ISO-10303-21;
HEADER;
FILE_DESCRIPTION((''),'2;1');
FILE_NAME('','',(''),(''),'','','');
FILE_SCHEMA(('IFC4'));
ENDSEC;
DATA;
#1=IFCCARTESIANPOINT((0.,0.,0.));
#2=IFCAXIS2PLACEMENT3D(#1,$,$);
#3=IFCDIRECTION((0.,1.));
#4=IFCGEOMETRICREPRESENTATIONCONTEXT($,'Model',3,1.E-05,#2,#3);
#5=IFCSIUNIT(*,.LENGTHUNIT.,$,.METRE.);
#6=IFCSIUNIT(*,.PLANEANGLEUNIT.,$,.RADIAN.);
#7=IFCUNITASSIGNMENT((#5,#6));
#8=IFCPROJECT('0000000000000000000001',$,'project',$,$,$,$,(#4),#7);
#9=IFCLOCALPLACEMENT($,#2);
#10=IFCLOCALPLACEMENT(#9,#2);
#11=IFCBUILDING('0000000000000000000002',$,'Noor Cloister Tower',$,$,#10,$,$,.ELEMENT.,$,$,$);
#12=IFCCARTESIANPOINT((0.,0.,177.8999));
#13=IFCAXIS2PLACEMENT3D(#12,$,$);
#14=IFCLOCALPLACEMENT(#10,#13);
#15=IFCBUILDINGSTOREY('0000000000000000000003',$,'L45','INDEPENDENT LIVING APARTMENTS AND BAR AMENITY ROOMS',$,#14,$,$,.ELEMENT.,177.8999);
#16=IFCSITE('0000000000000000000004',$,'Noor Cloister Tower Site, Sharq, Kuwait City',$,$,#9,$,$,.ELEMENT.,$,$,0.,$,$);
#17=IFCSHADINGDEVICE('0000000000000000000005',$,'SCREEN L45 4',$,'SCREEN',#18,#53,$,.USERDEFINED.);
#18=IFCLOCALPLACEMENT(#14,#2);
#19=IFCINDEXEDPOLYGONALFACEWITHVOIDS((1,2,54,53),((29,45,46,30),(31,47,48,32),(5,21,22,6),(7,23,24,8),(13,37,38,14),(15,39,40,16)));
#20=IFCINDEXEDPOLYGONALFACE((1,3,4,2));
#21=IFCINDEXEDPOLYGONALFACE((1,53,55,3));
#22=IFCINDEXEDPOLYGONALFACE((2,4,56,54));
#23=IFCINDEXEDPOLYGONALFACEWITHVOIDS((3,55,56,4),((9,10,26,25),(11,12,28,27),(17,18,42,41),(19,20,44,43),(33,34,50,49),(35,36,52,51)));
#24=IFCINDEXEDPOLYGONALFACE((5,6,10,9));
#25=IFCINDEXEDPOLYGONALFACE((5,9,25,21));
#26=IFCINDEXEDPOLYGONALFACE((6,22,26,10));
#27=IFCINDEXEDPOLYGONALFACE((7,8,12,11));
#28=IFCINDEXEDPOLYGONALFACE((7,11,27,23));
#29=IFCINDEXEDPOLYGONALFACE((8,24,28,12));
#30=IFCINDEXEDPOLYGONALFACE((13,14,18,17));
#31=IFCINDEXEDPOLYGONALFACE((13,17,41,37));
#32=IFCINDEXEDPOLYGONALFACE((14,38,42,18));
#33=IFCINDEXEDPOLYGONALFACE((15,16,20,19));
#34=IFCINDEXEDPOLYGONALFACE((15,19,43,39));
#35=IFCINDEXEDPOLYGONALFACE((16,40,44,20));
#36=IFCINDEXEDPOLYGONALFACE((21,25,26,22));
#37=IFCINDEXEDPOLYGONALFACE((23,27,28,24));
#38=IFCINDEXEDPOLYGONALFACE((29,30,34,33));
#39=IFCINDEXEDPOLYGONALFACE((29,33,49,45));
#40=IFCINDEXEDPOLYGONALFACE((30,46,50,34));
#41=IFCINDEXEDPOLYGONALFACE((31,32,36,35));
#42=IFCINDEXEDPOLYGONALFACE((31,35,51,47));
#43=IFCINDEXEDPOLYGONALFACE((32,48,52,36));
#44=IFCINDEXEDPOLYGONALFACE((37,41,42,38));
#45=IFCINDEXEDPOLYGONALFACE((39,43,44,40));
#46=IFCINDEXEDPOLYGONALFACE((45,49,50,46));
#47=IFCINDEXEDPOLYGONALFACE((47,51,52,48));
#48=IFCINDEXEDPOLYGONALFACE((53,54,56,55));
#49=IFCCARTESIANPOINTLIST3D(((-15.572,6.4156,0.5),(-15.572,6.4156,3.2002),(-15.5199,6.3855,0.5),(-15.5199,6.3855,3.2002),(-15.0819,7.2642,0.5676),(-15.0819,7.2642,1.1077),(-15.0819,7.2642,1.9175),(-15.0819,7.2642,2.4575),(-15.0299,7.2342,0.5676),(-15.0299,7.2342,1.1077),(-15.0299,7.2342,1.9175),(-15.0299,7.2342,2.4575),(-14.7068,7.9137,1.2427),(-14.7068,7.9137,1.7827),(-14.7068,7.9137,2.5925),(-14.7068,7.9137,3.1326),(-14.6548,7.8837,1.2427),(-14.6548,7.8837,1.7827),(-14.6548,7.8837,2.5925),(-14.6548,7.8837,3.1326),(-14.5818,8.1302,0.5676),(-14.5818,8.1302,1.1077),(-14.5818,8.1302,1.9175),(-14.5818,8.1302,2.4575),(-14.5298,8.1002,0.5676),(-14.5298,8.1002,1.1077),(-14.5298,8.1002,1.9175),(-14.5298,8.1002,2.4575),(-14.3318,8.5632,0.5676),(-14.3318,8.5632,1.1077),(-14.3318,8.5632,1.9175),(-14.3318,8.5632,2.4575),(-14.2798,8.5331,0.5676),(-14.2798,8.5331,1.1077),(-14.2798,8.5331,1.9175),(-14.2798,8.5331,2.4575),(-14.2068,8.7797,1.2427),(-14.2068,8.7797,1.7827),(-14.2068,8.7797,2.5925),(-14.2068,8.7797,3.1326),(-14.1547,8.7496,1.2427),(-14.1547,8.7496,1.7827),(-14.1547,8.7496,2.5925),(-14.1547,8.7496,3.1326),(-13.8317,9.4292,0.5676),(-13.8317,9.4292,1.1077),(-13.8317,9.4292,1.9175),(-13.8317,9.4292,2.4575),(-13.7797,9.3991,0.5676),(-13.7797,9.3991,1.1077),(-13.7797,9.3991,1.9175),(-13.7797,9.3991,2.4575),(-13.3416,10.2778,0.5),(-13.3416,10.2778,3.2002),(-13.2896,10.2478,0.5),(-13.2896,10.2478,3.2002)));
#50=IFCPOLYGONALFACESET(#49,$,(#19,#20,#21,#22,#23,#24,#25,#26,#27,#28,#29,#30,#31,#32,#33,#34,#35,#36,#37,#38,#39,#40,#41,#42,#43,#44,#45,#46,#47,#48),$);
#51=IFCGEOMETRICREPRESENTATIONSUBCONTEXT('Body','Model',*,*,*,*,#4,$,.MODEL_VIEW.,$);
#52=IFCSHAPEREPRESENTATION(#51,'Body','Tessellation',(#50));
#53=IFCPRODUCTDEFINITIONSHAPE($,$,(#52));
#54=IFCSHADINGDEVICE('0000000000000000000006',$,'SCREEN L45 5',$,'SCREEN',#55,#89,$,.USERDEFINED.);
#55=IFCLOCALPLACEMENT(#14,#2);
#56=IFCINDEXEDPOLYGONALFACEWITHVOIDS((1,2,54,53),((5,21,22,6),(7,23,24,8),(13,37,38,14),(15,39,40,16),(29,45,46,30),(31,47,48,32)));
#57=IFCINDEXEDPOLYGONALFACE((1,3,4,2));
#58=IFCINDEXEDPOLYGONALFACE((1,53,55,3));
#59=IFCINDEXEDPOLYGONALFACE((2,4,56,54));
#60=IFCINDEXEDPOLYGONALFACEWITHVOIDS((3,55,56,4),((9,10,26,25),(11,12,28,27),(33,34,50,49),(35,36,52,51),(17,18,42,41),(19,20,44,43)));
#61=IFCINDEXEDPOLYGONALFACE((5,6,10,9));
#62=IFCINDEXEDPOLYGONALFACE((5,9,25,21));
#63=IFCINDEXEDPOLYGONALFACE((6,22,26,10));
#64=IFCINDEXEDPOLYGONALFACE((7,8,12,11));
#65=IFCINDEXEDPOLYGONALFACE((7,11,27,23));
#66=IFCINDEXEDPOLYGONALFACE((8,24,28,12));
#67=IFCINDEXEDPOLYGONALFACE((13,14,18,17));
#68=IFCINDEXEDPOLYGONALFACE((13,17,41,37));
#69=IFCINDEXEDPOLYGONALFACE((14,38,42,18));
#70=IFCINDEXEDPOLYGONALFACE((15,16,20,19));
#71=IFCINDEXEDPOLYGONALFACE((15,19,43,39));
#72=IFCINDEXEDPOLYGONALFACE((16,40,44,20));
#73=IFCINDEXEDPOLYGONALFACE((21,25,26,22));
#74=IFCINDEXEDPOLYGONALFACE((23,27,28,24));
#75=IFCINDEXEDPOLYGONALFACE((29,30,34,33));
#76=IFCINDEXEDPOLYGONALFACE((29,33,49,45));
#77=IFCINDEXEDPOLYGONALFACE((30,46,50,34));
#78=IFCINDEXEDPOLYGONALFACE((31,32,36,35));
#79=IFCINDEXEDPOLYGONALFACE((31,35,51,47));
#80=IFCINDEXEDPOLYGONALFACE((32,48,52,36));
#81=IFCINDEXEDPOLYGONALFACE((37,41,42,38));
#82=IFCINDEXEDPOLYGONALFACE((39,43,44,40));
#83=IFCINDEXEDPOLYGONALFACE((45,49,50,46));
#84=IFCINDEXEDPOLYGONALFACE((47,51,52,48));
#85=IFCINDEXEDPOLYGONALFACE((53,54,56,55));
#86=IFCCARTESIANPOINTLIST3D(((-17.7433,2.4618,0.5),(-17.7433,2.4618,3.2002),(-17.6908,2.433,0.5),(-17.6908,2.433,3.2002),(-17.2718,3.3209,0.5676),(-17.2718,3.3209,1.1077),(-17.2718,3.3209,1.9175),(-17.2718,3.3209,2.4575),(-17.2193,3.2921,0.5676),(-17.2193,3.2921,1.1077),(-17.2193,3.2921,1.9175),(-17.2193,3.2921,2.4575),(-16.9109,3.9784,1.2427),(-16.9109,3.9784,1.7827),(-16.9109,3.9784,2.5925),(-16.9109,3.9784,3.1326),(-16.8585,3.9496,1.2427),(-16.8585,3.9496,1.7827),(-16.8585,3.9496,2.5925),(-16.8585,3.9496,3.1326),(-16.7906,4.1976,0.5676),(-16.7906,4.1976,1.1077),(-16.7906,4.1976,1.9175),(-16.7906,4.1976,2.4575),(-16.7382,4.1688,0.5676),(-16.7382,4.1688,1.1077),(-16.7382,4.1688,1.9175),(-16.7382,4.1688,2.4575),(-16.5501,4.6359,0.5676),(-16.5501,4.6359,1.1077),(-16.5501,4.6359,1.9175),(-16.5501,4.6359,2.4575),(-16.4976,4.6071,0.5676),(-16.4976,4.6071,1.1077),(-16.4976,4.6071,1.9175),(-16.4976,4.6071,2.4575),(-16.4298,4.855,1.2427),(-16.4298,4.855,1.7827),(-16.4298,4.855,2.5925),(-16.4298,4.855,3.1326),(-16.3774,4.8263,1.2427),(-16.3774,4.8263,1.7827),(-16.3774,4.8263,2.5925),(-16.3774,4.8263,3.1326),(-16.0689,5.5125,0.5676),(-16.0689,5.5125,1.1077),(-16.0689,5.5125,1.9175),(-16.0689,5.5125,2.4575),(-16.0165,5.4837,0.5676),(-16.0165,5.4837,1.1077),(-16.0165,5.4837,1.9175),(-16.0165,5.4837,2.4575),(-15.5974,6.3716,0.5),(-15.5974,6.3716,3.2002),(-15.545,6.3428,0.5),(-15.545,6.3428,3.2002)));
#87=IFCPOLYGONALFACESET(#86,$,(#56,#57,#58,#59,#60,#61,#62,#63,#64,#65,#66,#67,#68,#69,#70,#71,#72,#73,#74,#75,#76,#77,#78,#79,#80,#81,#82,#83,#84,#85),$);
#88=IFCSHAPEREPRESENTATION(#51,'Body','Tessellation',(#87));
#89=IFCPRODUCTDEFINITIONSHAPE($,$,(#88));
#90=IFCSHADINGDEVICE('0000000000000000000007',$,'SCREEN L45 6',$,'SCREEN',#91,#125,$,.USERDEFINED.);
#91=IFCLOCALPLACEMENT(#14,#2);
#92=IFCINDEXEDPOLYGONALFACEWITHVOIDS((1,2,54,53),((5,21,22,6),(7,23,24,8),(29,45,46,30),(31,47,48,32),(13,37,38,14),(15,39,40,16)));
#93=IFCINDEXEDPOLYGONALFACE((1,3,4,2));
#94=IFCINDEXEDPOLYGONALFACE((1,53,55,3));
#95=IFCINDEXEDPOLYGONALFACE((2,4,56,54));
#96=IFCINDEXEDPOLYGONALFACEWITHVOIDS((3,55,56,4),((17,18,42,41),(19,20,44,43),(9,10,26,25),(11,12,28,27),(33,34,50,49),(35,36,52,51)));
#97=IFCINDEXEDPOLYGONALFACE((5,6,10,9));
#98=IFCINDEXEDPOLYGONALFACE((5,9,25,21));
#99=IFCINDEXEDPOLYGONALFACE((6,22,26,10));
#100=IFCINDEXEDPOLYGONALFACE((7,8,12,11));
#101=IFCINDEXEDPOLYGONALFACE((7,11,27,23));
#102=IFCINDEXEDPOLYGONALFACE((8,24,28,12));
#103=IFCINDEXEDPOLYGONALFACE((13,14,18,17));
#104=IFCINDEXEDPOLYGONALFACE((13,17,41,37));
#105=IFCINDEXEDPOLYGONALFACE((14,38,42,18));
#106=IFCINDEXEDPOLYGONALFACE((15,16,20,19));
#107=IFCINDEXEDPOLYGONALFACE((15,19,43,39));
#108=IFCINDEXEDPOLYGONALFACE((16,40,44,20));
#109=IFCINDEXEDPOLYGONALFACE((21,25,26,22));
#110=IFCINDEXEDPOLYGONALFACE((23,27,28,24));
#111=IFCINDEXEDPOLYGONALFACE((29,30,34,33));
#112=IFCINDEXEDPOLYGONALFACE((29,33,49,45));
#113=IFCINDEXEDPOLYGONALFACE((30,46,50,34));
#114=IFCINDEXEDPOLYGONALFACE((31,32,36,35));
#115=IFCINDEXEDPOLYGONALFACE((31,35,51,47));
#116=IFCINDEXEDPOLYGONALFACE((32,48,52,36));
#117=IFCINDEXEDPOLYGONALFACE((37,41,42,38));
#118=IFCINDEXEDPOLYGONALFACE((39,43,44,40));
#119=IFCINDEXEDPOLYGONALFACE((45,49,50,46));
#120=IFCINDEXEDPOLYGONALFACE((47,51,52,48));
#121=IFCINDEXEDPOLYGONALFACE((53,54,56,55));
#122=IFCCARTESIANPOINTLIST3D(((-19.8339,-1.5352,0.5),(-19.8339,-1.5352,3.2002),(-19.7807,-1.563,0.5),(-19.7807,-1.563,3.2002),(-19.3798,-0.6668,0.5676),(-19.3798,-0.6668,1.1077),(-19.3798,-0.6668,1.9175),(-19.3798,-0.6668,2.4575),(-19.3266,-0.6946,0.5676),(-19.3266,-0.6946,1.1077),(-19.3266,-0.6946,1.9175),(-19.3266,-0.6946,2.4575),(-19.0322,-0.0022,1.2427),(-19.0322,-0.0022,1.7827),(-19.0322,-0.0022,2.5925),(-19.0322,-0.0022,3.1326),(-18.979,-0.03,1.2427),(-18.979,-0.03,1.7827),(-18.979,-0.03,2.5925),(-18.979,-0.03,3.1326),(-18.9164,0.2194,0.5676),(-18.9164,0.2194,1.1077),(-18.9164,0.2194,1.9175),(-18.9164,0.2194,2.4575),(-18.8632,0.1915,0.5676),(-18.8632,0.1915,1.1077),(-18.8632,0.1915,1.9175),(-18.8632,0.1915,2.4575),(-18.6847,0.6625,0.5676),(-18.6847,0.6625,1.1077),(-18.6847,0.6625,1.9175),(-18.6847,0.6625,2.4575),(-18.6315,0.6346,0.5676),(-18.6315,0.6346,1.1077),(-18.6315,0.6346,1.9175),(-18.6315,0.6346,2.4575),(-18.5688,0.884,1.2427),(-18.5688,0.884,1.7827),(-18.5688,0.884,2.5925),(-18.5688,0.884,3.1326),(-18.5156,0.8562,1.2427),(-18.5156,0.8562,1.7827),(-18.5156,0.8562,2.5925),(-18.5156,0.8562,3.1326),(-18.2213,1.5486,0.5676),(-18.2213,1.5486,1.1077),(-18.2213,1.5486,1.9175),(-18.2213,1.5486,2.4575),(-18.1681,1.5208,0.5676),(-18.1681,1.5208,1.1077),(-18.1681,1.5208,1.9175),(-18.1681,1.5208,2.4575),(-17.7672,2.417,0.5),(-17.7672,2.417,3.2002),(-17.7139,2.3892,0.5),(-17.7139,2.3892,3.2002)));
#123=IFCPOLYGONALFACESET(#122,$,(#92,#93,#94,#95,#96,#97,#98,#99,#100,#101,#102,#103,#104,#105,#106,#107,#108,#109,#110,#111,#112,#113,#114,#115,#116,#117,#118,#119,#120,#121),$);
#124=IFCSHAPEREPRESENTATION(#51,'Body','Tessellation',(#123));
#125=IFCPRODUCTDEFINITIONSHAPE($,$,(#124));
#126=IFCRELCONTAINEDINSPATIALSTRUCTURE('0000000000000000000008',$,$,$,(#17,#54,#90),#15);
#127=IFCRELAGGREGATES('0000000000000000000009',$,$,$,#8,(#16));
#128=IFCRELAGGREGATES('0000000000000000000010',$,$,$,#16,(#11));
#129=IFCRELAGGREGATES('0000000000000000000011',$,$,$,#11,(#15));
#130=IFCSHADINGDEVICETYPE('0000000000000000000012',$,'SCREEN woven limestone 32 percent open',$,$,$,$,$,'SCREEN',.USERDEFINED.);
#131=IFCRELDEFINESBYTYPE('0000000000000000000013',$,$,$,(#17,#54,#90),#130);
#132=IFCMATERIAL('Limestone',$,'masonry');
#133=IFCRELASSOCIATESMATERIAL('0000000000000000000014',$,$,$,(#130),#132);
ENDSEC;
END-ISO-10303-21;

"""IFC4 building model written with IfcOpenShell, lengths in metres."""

from ifc_helpers import new_model, si_unit, direction, frame, origin, place, context, subcontext, project, spatial, polyline, outline, extrude, material, material_profile, profile_set, type_object, element, save


model = new_model("IFC4")

# Units and contexts
model_context = context("Model", 3, precision=1e-05, world=origin(), true_north=direction((0.0, 1.0)))
body_context = subcontext(model_context, "Body", "Model", "MODEL_VIEW")
ifc_project = project(units=[si_unit("LENGTHUNIT", "METRE"), si_unit("PLANEANGLEUNIT", "RADIAN")], contexts=[model_context])

# Site, building, storey
site_placement = place(None, origin())
site = spatial("IfcSite", under=ifc_project, at=site_placement, Name="Noor Cloister Tower Site, Sharq, Kuwait City", CompositionType="ELEMENT", RefElevation=0.0)
building_placement = place(site_placement, origin())
building = spatial("IfcBuilding", under=site, at=building_placement, Name="Noor Cloister Tower", CompositionType="ELEMENT")
storey_placement = place(building_placement, frame((0.0, 0.0, 177.8999)))
storey = spatial("IfcBuildingStorey", under=building, at=storey_placement, Name="L45", Description="INDEPENDENT LIVING APARTMENTS AND BAR AMENITY ROOMS", CompositionType="ELEMENT", Elevation=177.8999)

# Shading devices
ifc_material_1 = material(Name="Limestone", Category="masonry")
ifc_material_profile_1 = material_profile(ifc_material_1, outline(polyline([(-2.23, -1.3501), (2.23, -1.3501), (2.23, 1.3501), (-2.23, 1.3501), (-2.23, -1.3501)]), holes=[polyline([(-1.25, -1.2825), (-0.25, -1.2825), (-0.25, -0.7424), (-1.25, -0.7424), (-1.25, -1.2825)]), polyline([(0.25, -1.2825), (1.25, -1.2825), (1.25, -0.7424), (0.25, -0.7424), (0.25, -1.2825)]), polyline([(-0.5, -0.6074), (0.5, -0.6074), (0.5, -0.0674), (-0.5, -0.0674), (-0.5, -0.6074)]), polyline([(-1.25, 0.0674), (-0.25, 0.0674), (-0.25, 0.6074), (-1.25, 0.6074), (-1.25, 0.0674)]), polyline([(0.25, 0.0674), (1.25, 0.0674), (1.25, 0.6074), (0.25, 0.6074), (0.25, 0.0674)]), polyline([(-0.5, 0.7424), (0.5, 0.7424), (0.5, 1.2825), (-0.5, 1.2825), (-0.5, 0.7424)])]), Name="Woven screen 32 percent open")
ifc_profile_set_1 = profile_set([ifc_material_profile_1], Name="Limestone")
shading_device_type = type_object("IfcShadingDeviceType", Name="SCREEN woven limestone 32 percent open", ElementType="SCREEN", PredefinedType="USERDEFINED", material=ifc_profile_set_1)
shading_device_1_placement = place(storey_placement, frame((-14.4048, 8.3167, 1.8501), z_axis=(-0.865982, 0.500074, 0.0), x_axis=(-0.500074, -0.865982, 0.0)))
element("IfcShadingDevice", 1, at=shading_device_1_placement, inside=storey, type_object=shading_device_type, Name="SCREEN L45 4", ObjectType="SCREEN", PredefinedType="USERDEFINED", context=body_context, shape_type="SweptSolid", body=[
    extrude(outline(polyline([(-2.23, -1.3501), (2.23, -1.3501), (2.23, 1.3501), (-2.23, 1.3501), (-2.23, -1.3501)]), holes=[polyline([(-1.25, -1.2825), (-0.25, -1.2825), (-0.25, -0.7424), (-1.25, -0.7424), (-1.25, -1.2825)]), polyline([(0.25, -1.2825), (1.25, -1.2825), (1.25, -0.7424), (0.25, -0.7424), (0.25, -1.2825)]), polyline([(-0.5, -0.6074), (0.5, -0.6074), (0.5, -0.0674), (-0.5, -0.0674), (-0.5, -0.6074)]), polyline([(-1.25, 0.0674), (-0.25, 0.0674), (-0.25, 0.6074), (-1.25, 0.6074), (-1.25, 0.0674)]), polyline([(0.25, 0.0674), (1.25, 0.0674), (1.25, 0.6074), (0.25, 0.6074), (0.25, 0.0674)]), polyline([(-0.5, 0.7424), (0.5, 0.7424), (0.5, 1.2825), (-0.5, 1.2825), (-0.5, 0.7424)])]), origin(), (0.0, 0.0, 1.0), 0.0601),
])
shading_device_2_placement = place(storey_placement, frame((-16.6179, 4.3879, 1.8501), z_axis=(-0.876646, 0.481136, 0.0), x_axis=(-0.481136, -0.876646, 0.0)))
element("IfcShadingDevice", 2, at=shading_device_2_placement, inside=storey, type_object=shading_device_type, Name="SCREEN L45 5", ObjectType="SCREEN", PredefinedType="USERDEFINED", context=body_context, shape_type="SweptSolid", body=[
    extrude(outline(polyline([(-2.23, -1.3501), (2.23, -1.3501), (2.23, 1.3501), (-2.23, 1.3501), (-2.23, -1.3501)]), holes=[polyline([(-1.25, -1.2825), (-0.25, -1.2825), (-0.25, -0.7424), (-1.25, -0.7424), (-1.25, -1.2825)]), polyline([(0.25, -1.2825), (1.25, -1.2825), (1.25, -0.7424), (0.25, -0.7424), (0.25, -1.2825)]), polyline([(-0.5, -0.6074), (0.5, -0.6074), (0.5, -0.0674), (-0.5, -0.0674), (-0.5, -0.6074)]), polyline([(-1.25, 0.0674), (-0.25, 0.0674), (-0.25, 0.6074), (-1.25, 0.6074), (-1.25, 0.0674)]), polyline([(0.25, 0.0674), (1.25, 0.0674), (1.25, 0.6074), (0.25, 0.6074), (0.25, 0.0674)]), polyline([(-0.5, 0.7424), (0.5, 0.7424), (0.5, 1.2825), (-0.5, 1.2825), (-0.5, 0.7424)])]), origin(), (0.0, 0.0, 1.0), 0.0598),
])
shading_device_3_placement = place(storey_placement, frame((-18.7473, 0.4131, 1.8501), z_axis=(-0.88615, 0.463399, 0.0), x_axis=(-0.463399, -0.88615, 0.0)))
element("IfcShadingDevice", 3, at=shading_device_3_placement, inside=storey, type_object=shading_device_type, Name="SCREEN L45 6", ObjectType="SCREEN", PredefinedType="USERDEFINED", context=body_context, shape_type="SweptSolid", body=[
    extrude(outline(polyline([(-2.23, -1.3501), (2.23, -1.3501), (2.23, 1.3501), (-2.23, 1.3501), (-2.23, -1.3501)]), holes=[polyline([(-1.25, -1.2825), (-0.25, -1.2825), (-0.25, -0.7424), (-1.25, -0.7424), (-1.25, -1.2825)]), polyline([(0.25, -1.2825), (1.25, -1.2825), (1.25, -0.7424), (0.25, -0.7424), (0.25, -1.2825)]), polyline([(-0.5, -0.6074), (0.5, -0.6074), (0.5, -0.0674), (-0.5, -0.0674), (-0.5, -0.6074)]), polyline([(-1.25, 0.0674), (-0.25, 0.0674), (-0.25, 0.6074), (-1.25, 0.6074), (-1.25, 0.0674)]), polyline([(0.25, 0.0674), (1.25, 0.0674), (1.25, 0.6074), (0.25, 0.6074), (0.25, 0.0674)]), polyline([(-0.5, 0.7424), (0.5, 0.7424), (0.5, 1.2825), (-0.5, 1.2825), (-0.5, 0.7424)])]), origin(), (0.0, 0.0, 1.0), 0.0601),
])

save(model, "model.ifc")
